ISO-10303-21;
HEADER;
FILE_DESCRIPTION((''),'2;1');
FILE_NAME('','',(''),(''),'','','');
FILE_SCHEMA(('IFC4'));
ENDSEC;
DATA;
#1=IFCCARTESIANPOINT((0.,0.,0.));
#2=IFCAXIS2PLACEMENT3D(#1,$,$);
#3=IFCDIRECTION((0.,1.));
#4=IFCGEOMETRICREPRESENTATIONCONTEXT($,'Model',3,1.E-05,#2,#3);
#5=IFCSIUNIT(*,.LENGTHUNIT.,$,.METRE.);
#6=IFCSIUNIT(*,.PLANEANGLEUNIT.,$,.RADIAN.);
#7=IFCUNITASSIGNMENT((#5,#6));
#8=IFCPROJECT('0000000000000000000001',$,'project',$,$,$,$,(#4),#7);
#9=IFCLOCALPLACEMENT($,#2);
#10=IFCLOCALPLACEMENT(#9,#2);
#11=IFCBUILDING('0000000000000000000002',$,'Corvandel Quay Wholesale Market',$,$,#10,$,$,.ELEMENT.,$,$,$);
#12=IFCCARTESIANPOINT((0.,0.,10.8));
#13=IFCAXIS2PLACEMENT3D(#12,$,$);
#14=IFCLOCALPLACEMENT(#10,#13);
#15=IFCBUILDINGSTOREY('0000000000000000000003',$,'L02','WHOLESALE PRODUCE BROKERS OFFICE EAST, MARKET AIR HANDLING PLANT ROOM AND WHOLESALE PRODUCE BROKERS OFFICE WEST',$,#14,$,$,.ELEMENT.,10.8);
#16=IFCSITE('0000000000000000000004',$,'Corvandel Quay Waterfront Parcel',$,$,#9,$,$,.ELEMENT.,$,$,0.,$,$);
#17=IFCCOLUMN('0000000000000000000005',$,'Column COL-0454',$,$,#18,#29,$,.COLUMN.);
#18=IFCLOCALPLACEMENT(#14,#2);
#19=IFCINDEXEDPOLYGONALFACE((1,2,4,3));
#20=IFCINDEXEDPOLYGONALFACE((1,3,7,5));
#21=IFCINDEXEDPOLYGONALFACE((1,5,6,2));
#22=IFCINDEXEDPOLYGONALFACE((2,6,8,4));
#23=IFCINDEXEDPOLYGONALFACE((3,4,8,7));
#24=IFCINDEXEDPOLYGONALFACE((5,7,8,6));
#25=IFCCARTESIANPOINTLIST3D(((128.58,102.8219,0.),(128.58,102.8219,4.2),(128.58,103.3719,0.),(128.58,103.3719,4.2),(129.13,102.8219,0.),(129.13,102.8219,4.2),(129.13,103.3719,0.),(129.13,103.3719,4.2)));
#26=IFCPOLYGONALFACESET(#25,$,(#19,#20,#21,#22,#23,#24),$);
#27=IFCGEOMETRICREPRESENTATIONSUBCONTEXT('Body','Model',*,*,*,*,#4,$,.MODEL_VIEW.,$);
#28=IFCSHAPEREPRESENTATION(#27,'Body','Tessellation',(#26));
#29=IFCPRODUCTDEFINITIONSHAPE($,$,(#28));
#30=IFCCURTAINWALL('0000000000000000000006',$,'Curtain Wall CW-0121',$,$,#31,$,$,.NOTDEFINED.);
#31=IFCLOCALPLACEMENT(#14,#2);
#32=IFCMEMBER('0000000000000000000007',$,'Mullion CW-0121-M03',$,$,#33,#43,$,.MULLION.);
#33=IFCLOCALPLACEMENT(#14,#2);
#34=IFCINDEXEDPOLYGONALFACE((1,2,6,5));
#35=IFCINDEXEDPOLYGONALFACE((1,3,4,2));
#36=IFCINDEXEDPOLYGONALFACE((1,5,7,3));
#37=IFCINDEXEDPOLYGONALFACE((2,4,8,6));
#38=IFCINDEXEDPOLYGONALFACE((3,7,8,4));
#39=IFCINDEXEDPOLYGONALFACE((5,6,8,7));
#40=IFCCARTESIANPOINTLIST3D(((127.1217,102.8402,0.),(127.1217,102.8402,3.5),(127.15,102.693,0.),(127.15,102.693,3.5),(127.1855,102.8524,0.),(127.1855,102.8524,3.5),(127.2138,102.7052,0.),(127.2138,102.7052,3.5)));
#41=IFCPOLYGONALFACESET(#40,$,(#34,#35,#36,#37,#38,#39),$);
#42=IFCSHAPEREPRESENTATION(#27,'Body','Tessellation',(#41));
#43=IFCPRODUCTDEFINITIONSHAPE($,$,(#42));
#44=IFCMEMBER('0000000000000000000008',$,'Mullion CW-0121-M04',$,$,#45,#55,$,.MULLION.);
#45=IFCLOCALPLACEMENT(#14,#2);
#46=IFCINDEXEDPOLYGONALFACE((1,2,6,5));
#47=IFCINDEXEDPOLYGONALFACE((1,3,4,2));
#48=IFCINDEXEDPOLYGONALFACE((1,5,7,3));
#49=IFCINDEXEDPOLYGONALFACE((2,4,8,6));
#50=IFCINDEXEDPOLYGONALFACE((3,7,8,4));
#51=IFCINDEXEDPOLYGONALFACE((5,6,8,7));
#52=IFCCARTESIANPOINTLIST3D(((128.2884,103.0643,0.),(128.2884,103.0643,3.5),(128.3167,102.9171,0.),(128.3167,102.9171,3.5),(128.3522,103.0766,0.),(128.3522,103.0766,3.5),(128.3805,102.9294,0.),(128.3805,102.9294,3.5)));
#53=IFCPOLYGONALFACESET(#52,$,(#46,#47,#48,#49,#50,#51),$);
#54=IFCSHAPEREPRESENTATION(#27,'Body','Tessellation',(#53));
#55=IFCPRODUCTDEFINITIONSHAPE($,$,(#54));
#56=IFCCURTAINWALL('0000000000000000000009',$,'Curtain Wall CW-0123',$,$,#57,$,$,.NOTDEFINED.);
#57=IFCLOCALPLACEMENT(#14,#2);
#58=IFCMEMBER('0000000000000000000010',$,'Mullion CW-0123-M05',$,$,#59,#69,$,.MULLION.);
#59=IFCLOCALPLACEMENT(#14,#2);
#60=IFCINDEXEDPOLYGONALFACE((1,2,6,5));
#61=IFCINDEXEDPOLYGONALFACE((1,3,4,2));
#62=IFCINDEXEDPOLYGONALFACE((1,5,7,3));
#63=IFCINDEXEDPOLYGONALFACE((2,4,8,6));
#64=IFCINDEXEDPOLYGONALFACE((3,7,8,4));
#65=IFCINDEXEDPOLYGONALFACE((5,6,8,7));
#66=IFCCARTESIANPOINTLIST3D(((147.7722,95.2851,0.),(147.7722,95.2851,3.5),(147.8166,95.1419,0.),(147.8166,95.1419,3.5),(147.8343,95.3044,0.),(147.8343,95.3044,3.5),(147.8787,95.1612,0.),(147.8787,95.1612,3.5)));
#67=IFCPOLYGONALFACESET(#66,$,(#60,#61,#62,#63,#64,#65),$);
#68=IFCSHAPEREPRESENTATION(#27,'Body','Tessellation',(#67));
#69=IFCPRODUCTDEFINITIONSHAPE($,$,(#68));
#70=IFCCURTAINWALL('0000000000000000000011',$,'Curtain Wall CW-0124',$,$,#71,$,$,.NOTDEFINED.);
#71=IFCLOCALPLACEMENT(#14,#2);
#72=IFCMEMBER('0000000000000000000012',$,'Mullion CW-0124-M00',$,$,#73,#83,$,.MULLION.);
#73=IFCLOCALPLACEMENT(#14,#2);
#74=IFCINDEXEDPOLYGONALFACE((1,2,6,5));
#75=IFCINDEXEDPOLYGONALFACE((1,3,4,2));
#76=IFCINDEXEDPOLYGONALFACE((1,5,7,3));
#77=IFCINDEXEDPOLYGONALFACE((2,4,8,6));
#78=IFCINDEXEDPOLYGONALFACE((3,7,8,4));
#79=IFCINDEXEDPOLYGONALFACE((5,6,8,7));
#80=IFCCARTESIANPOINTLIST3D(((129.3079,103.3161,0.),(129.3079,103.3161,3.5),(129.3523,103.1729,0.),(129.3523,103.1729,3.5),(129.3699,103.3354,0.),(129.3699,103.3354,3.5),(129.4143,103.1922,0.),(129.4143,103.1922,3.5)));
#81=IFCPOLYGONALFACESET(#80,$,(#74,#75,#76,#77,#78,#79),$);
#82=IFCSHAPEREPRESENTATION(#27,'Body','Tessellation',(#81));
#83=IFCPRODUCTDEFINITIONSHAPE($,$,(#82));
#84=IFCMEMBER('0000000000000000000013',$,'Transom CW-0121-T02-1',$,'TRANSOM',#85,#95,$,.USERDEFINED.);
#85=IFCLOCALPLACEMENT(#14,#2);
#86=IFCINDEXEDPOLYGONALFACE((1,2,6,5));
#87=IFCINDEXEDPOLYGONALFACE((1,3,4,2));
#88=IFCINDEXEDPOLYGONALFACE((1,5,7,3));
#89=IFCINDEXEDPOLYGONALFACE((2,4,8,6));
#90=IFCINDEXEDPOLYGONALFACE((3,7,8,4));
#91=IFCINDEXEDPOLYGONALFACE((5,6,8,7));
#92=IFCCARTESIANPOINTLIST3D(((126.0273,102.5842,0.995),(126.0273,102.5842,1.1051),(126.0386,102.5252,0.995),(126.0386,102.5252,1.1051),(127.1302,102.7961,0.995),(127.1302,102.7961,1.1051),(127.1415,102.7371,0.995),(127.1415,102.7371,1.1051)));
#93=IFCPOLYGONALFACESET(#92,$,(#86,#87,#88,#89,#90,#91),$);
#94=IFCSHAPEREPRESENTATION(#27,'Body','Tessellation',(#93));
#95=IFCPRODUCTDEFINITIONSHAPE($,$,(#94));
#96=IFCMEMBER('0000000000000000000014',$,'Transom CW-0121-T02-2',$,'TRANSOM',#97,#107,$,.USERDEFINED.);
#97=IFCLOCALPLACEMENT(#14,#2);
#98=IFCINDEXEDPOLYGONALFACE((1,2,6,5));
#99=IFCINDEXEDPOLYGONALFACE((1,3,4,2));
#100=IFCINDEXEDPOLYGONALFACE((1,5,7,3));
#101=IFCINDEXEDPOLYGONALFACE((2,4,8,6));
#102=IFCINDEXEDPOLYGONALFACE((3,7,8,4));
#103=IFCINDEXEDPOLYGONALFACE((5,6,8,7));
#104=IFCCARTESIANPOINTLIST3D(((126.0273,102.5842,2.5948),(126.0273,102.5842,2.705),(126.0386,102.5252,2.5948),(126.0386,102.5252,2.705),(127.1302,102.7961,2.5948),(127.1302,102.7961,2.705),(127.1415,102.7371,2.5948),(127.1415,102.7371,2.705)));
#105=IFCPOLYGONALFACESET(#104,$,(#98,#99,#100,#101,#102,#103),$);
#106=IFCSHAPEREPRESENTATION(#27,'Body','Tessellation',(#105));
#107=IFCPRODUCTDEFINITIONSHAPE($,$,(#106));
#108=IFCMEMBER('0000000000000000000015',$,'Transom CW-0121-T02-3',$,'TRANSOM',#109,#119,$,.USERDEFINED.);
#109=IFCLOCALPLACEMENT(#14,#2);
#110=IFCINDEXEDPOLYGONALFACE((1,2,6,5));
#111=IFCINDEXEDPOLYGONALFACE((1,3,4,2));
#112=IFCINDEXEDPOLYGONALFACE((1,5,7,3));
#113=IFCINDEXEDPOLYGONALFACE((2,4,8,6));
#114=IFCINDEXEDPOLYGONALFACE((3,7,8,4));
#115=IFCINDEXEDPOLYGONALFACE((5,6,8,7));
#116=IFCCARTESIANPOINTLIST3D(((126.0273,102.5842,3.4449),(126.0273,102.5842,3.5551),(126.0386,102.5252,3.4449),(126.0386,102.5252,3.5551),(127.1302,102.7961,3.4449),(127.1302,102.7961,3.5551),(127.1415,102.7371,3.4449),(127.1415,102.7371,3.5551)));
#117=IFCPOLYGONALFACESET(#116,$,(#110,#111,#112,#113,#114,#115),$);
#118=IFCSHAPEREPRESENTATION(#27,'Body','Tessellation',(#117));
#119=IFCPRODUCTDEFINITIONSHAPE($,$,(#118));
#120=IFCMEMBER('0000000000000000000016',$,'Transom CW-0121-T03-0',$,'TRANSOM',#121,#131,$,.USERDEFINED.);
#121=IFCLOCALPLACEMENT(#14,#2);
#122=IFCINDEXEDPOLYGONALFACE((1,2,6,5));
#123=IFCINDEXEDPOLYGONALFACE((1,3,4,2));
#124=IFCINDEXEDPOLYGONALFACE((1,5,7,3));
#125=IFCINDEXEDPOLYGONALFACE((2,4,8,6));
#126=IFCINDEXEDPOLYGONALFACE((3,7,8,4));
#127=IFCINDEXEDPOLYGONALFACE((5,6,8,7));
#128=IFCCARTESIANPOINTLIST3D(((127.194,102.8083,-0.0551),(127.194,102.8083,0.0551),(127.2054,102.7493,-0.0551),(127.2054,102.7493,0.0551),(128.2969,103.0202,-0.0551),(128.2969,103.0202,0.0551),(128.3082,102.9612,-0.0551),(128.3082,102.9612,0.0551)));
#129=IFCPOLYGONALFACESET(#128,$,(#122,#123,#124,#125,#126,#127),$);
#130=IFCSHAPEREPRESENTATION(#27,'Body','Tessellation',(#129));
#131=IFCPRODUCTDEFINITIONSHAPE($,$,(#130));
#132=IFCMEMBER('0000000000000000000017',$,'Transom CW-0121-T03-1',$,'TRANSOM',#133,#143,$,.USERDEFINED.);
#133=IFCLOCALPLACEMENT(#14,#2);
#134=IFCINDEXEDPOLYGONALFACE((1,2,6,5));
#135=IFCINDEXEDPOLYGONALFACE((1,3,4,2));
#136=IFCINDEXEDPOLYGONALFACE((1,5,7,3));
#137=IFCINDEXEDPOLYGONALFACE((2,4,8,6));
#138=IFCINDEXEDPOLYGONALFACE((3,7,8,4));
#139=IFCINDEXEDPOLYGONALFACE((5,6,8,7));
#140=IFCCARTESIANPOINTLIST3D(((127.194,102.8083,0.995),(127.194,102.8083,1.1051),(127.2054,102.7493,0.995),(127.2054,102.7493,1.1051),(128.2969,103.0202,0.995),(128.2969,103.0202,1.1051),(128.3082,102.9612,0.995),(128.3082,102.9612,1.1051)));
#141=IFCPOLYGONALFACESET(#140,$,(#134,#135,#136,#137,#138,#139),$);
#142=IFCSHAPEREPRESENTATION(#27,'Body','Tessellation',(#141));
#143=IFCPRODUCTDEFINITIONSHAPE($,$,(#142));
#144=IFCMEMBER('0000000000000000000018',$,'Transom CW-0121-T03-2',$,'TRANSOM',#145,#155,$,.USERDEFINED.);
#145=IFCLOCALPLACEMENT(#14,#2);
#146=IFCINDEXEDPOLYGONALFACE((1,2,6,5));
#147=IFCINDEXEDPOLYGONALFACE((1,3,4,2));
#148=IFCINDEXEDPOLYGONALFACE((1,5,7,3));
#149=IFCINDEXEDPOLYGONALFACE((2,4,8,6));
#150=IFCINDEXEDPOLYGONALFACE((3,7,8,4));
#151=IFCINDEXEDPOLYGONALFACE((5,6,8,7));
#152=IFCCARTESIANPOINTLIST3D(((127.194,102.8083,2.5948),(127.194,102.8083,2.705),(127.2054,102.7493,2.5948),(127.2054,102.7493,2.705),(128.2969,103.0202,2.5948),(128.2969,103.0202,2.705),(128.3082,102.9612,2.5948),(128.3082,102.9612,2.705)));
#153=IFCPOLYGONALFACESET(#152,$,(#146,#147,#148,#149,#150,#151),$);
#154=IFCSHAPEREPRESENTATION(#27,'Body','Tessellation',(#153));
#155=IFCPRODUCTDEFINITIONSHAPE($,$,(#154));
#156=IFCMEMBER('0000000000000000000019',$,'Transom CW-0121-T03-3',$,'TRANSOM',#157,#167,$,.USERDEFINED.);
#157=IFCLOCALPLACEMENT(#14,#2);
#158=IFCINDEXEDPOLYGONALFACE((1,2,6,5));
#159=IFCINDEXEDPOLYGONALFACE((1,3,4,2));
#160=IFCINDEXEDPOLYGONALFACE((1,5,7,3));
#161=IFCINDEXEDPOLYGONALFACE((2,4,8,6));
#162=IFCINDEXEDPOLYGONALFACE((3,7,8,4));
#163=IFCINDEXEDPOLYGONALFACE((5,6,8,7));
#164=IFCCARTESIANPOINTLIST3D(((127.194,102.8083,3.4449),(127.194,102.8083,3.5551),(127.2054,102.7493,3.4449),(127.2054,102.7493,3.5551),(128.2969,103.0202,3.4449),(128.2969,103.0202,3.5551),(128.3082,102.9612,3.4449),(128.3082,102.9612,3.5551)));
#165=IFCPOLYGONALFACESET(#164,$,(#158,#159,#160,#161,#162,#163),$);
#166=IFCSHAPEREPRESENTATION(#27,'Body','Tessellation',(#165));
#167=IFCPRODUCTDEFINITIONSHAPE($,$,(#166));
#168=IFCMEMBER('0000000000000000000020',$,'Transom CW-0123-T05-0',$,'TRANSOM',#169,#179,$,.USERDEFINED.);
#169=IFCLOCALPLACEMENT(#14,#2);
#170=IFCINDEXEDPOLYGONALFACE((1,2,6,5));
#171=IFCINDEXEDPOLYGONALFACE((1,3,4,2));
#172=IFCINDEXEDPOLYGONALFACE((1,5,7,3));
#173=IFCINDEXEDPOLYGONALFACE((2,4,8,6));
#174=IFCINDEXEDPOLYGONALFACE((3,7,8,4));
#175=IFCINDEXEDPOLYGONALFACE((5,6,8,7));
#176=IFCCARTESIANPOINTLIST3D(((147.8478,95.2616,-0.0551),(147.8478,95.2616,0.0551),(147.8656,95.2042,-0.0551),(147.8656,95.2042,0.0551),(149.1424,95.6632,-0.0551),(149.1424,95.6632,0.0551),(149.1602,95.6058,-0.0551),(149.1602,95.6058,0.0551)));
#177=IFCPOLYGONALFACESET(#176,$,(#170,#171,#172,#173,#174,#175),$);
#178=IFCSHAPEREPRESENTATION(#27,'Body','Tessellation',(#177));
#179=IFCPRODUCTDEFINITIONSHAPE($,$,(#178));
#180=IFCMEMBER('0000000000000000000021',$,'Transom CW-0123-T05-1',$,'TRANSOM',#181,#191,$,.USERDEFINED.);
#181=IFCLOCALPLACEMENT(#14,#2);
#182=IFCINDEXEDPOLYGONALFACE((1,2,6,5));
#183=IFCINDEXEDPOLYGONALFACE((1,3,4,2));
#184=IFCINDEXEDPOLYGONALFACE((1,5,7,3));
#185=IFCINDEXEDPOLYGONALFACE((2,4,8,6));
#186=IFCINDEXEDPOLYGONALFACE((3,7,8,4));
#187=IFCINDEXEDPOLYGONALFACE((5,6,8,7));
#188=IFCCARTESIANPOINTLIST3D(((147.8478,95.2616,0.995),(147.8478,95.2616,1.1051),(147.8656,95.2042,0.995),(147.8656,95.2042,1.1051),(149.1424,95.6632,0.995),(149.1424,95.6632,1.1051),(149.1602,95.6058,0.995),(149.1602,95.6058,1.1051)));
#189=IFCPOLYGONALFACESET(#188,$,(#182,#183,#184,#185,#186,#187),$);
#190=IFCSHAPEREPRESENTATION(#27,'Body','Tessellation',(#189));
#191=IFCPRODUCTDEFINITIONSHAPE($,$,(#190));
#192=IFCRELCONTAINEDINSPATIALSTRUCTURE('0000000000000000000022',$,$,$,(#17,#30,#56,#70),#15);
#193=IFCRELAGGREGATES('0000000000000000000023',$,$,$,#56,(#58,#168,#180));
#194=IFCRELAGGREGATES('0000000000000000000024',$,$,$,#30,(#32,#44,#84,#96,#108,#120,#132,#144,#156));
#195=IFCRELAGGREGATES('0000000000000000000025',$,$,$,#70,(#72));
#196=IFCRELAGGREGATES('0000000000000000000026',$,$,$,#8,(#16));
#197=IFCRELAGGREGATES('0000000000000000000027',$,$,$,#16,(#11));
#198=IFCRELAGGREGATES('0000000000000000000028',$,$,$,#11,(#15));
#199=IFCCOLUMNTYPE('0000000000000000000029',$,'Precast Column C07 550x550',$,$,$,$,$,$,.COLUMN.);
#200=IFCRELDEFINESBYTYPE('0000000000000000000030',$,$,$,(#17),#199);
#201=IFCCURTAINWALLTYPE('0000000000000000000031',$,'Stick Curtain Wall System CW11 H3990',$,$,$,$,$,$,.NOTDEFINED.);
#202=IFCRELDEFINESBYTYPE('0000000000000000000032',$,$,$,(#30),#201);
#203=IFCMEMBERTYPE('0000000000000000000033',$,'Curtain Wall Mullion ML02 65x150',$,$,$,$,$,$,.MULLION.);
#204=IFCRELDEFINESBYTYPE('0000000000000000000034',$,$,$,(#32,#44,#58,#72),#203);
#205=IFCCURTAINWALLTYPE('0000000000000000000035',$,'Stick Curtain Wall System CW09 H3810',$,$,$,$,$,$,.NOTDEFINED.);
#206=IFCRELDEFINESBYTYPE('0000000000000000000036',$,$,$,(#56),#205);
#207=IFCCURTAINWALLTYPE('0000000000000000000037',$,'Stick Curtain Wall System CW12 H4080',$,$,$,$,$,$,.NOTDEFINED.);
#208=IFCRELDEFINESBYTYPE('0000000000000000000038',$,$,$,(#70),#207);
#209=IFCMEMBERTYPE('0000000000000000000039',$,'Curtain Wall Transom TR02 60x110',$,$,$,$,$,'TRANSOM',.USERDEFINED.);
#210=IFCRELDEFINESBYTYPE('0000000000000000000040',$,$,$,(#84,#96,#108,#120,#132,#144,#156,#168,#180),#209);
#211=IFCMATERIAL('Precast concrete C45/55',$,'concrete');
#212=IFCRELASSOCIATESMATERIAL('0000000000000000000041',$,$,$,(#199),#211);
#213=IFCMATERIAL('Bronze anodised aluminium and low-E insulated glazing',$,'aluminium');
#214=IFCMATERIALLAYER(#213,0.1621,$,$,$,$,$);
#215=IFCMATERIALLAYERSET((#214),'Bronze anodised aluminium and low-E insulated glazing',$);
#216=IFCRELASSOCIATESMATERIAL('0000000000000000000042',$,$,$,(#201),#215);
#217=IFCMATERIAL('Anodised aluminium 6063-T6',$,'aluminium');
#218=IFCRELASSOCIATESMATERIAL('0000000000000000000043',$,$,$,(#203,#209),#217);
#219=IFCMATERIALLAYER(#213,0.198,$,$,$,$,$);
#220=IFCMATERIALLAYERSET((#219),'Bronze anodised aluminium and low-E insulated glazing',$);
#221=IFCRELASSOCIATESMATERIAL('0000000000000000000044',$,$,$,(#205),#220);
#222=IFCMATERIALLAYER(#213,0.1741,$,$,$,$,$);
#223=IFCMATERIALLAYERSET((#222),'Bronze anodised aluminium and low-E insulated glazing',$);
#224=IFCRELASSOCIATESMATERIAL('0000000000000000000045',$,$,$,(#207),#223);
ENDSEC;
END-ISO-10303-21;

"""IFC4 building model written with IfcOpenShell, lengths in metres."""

from ifc_helpers import new_model, si_unit, direction, frame, origin, origin_2d, place, context, subcontext, project, spatial, rectangle, extrude, material, layer, layer_set, material_profile, profile_set, type_object, element, aggregate, save


model = new_model("IFC4")

# Units and contexts
model_context = context("Model", 3, precision=1e-05, world=origin(), true_north=direction((0.0, 1.0)))
body_context = subcontext(model_context, "Body", "Model", "MODEL_VIEW")
ifc_project = project(units=[si_unit("LENGTHUNIT", "METRE"), si_unit("PLANEANGLEUNIT", "RADIAN")], contexts=[model_context])

# Site, building, storey
site_placement = place(None, origin())
site = spatial("IfcSite", under=ifc_project, at=site_placement, Name="Corvandel Quay Waterfront Parcel", CompositionType="ELEMENT", RefElevation=0.0)
building_placement = place(site_placement, origin())
building = spatial("IfcBuilding", under=site, at=building_placement, Name="Corvandel Quay Wholesale Market", CompositionType="ELEMENT")
storey_placement = place(building_placement, frame((0.0, 0.0, 10.8)))
storey = spatial("IfcBuildingStorey", under=building, at=storey_placement, Name="L02", Description="WHOLESALE PRODUCE BROKERS OFFICE EAST, MARKET AIR HANDLING PLANT ROOM AND WHOLESALE PRODUCE BROKERS OFFICE WEST", CompositionType="ELEMENT", Elevation=10.8)

# Column
ifc_material_1 = material(Name="Precast concrete C45/55", Category="concrete")
ifc_material_profile_1 = material_profile(ifc_material_1, rectangle(XDim=0.55, YDim=0.55, at=origin_2d()), Name="PC-COL-550x550")
ifc_profile_set_1 = profile_set([ifc_material_profile_1], Name="Precast concrete C45/55")
column_type = type_object("IfcColumnType", Name="Precast Column C07 550x550", PredefinedType="COLUMN", material=ifc_profile_set_1)
column_placement = place(storey_placement, frame((128.855, 103.0969, 0.0), z_axis=(0.0, 0.0, 1.0), x_axis=(1.0, 0.0, 0.0)))
element("IfcColumn", 1, at=column_placement, inside=storey, type_object=column_type, Name="Column COL-0454", PredefinedType="COLUMN", context=body_context, shape_type="SweptSolid", body=[
    extrude(rectangle(XDim=0.55, YDim=0.55, at=origin_2d()), origin(), (0.0, 0.0, 1.0), 4.2),
])

# Curtain wall, members
ifc_material_2 = material(Name="Bronze anodised aluminium and low-E insulated glazing", Category="aluminium")
ifc_layer_1 = layer(ifc_material_2, 0.1621)
ifc_layer_set_1 = layer_set([ifc_layer_1], Name="Bronze anodised aluminium and low-E insulated glazing")
curtain_wall_type_1 = type_object("IfcCurtainWallType", Name="Stick Curtain Wall System CW11 H3990", PredefinedType="NOTDEFINED", material=ifc_layer_set_1)
curtain_wall_1_placement = place(storey_placement, origin())
curtain_wall_1 = element("IfcCurtainWall", 2, at=curtain_wall_1_placement, inside=storey, type_object=curtain_wall_type_1, Name="Curtain Wall CW-0121", PredefinedType="NOTDEFINED")
ifc_material_3 = material(Name="Anodised aluminium 6063-T6", Category="aluminium")
ifc_material_profile_2 = material_profile(ifc_material_3, rectangle(XDim=0.0649, YDim=0.1499, at=origin_2d()), Name="ALU-MUL-65x150")
ifc_profile_set_2 = profile_set([ifc_material_profile_2], Name="Anodised aluminium 6063-T6")
member_type_1 = type_object("IfcMemberType", Name="Curtain Wall Mullion ML02 65x150", PredefinedType="MULLION", material=ifc_profile_set_2)
member_1_placement = place(storey_placement, frame((127.1677, 102.7727, 0.0), z_axis=(0.0, 0.0, 1.0), x_axis=(0.982025, 0.188753, 0.0)))
member_1 = element("IfcMember", 3, at=member_1_placement, type_object=member_type_1, Name="Mullion CW-0121-M03", PredefinedType="MULLION", context=body_context, shape_type="SweptSolid", body=[
    extrude(rectangle(XDim=0.0649, YDim=0.1499, at=origin_2d()), origin(), (0.0, 0.0, 1.0), 3.5),
])
member_2_placement = place(storey_placement, frame((128.3345, 102.9968, 0.0), z_axis=(0.0, 0.0, 1.0), x_axis=(0.982025, 0.188753, 0.0)))
member_2 = element("IfcMember", 4, at=member_2_placement, type_object=member_type_1, Name="Mullion CW-0121-M04", PredefinedType="MULLION", context=body_context, shape_type="SweptSolid", body=[
    extrude(rectangle(XDim=0.0649, YDim=0.1499, at=origin_2d()), origin(), (0.0, 0.0, 1.0), 3.5),
])

# Curtain walls, members
ifc_layer_2 = layer(ifc_material_2, 0.198)
ifc_layer_set_2 = layer_set([ifc_layer_2], Name="Bronze anodised aluminium and low-E insulated glazing")
curtain_wall_type_2 = type_object("IfcCurtainWallType", Name="Stick Curtain Wall System CW09 H3810", PredefinedType="NOTDEFINED", material=ifc_layer_set_2)
curtain_wall_2_placement = place(storey_placement, origin())
curtain_wall_2 = element("IfcCurtainWall", 5, at=curtain_wall_2_placement, inside=storey, type_object=curtain_wall_type_2, Name="Curtain Wall CW-0123", PredefinedType="NOTDEFINED")
member_3_placement = place(storey_placement, frame((147.8254, 95.2231, 0.0), z_axis=(0.0, 0.0, 1.0), x_axis=(0.955123, 0.296208, 0.0)))
member_3 = element("IfcMember", 6, at=member_3_placement, type_object=member_type_1, Name="Mullion CW-0123-M05", PredefinedType="MULLION", context=body_context, shape_type="SweptSolid", body=[
    extrude(rectangle(XDim=0.0649, YDim=0.1499, at=origin_2d()), origin(), (0.0, 0.0, 1.0), 3.5),
])
ifc_layer_3 = layer(ifc_material_2, 0.1741)
ifc_layer_set_3 = layer_set([ifc_layer_3], Name="Bronze anodised aluminium and low-E insulated glazing")
curtain_wall_type_3 = type_object("IfcCurtainWallType", Name="Stick Curtain Wall System CW12 H4080", PredefinedType="NOTDEFINED", material=ifc_layer_set_3)
curtain_wall_3_placement = place(storey_placement, origin())
curtain_wall_3 = element("IfcCurtainWall", 7, at=curtain_wall_3_placement, inside=storey, type_object=curtain_wall_type_3, Name="Curtain Wall CW-0124", PredefinedType="NOTDEFINED")
member_4_placement = place(storey_placement, frame((129.3611, 103.2542, 0.0), z_axis=(0.0, 0.0, 1.0), x_axis=(0.955072, 0.296375, 0.0)))
member_4 = element("IfcMember", 8, at=member_4_placement, type_object=member_type_1, Name="Mullion CW-0124-M00", PredefinedType="MULLION", context=body_context, shape_type="SweptSolid", body=[
    extrude(rectangle(XDim=0.0649, YDim=0.1499, at=origin_2d()), origin(), (0.0, 0.0, 1.0), 3.5),
])

# Members
ifc_material_profile_3 = material_profile(ifc_material_3, rectangle(XDim=0.0601, YDim=0.1101, at=origin_2d()), Name="ALU-TRN-60x110")
ifc_profile_set_3 = profile_set([ifc_material_profile_3], Name="Anodised aluminium 6063-T6")
member_type_2 = type_object("IfcMemberType", Name="Curtain Wall Transom TR02 60x110", ElementType="TRANSOM", PredefinedType="USERDEFINED", material=ifc_profile_set_3)
member_5_placement = place(storey_placement, frame((126.033, 102.5547, 1.05), z_axis=(0.982033, 0.18871, 0.0), x_axis=(-0.18871, 0.982033, 0.0)))
member_5 = element("IfcMember", 9, at=member_5_placement, type_object=member_type_2, Name="Transom CW-0121-T02-1", ObjectType="TRANSOM", PredefinedType="USERDEFINED", context=body_context, shape_type="SweptSolid", body=[
    extrude(rectangle(XDim=0.0601, YDim=0.1101, at=origin_2d()), origin(), (0.0, 0.0, 1.0), 1.123),
])
member_6_placement = place(storey_placement, frame((126.033, 102.5547, 2.6499), z_axis=(0.982033, 0.18871, 0.0), x_axis=(-0.18871, 0.982033, 0.0)))
member_6 = element("IfcMember", 10, at=member_6_placement, type_object=member_type_2, Name="Transom CW-0121-T02-2", ObjectType="TRANSOM", PredefinedType="USERDEFINED", context=body_context, shape_type="SweptSolid", body=[
    extrude(rectangle(XDim=0.0601, YDim=0.1101, at=origin_2d()), origin(), (0.0, 0.0, 1.0), 1.123),
])
member_7_placement = place(storey_placement, frame((126.033, 102.5547, 3.5), z_axis=(0.982033, 0.18871, 0.0), x_axis=(-0.18871, 0.982033, 0.0)))
member_7 = element("IfcMember", 11, at=member_7_placement, type_object=member_type_2, Name="Transom CW-0121-T02-3", ObjectType="TRANSOM", PredefinedType="USERDEFINED", context=body_context, shape_type="SweptSolid", body=[
    extrude(rectangle(XDim=0.0601, YDim=0.1101, at=origin_2d()), origin(), (0.0, 0.0, 1.0), 1.123),
])
member_8_placement = place(storey_placement, frame((127.1997, 102.7788, 0.0), z_axis=(0.982033, 0.18871, 0.0), x_axis=(-0.18871, 0.982033, 0.0)))
member_8 = element("IfcMember", 12, at=member_8_placement, type_object=member_type_2, Name="Transom CW-0121-T03-0", ObjectType="TRANSOM", PredefinedType="USERDEFINED", context=body_context, shape_type="SweptSolid", body=[
    extrude(rectangle(XDim=0.0601, YDim=0.1101, at=origin_2d()), origin(), (0.0, 0.0, 1.0), 1.123),
])
member_9_placement = place(storey_placement, frame((127.1997, 102.7788, 1.05), z_axis=(0.982033, 0.18871, 0.0), x_axis=(-0.18871, 0.982033, 0.0)))
member_9 = element("IfcMember", 13, at=member_9_placement, type_object=member_type_2, Name="Transom CW-0121-T03-1", ObjectType="TRANSOM", PredefinedType="USERDEFINED", context=body_context, shape_type="SweptSolid", body=[
    extrude(rectangle(XDim=0.0601, YDim=0.1101, at=origin_2d()), origin(), (0.0, 0.0, 1.0), 1.123),
])
member_10_placement = place(storey_placement, frame((127.1997, 102.7788, 2.6499), z_axis=(0.982033, 0.18871, 0.0), x_axis=(-0.18871, 0.982033, 0.0)))
member_10 = element("IfcMember", 14, at=member_10_placement, type_object=member_type_2, Name="Transom CW-0121-T03-2", ObjectType="TRANSOM", PredefinedType="USERDEFINED", context=body_context, shape_type="SweptSolid", body=[
    extrude(rectangle(XDim=0.0601, YDim=0.1101, at=origin_2d()), origin(), (0.0, 0.0, 1.0), 1.123),
])
member_11_placement = place(storey_placement, frame((127.1997, 102.7788, 3.5), z_axis=(0.982033, 0.18871, 0.0), x_axis=(-0.18871, 0.982033, 0.0)))
member_11 = element("IfcMember", 15, at=member_11_placement, type_object=member_type_2, Name="Transom CW-0121-T03-3", ObjectType="TRANSOM", PredefinedType="USERDEFINED", context=body_context, shape_type="SweptSolid", body=[
    extrude(rectangle(XDim=0.0601, YDim=0.1101, at=origin_2d()), origin(), (0.0, 0.0, 1.0), 1.123),
])
member_12_placement = place(storey_placement, frame((147.8567, 95.2329, 0.0), z_axis=(0.955103, 0.296275, 0.0), x_axis=(-0.296275, 0.955103, 0.0)))
member_12 = element("IfcMember", 16, at=member_12_placement, type_object=member_type_2, Name="Transom CW-0123-T05-0", ObjectType="TRANSOM", PredefinedType="USERDEFINED", context=body_context, shape_type="SweptSolid", body=[
    extrude(rectangle(XDim=0.0601, YDim=0.1101, at=origin_2d()), origin(), (0.0, 0.0, 1.0), 1.3555),
])
member_13_placement = place(storey_placement, frame((147.8567, 95.2329, 1.05), z_axis=(0.955103, 0.296275, 0.0), x_axis=(-0.296275, 0.955103, 0.0)))
member_13 = element("IfcMember", 17, at=member_13_placement, type_object=member_type_2, Name="Transom CW-0123-T05-1", ObjectType="TRANSOM", PredefinedType="USERDEFINED", context=body_context, shape_type="SweptSolid", body=[
    extrude(rectangle(XDim=0.0601, YDim=0.1101, at=origin_2d()), origin(), (0.0, 0.0, 1.0), 1.3555),
])
aggregate(curtain_wall_2, [member_3, member_12, member_13])

aggregate(curtain_wall_1, [member_1, member_2, member_5, member_6, member_7, member_8, member_9, member_10, member_11])
aggregate(curtain_wall_3, [member_4])

save(model, "model.ifc")
